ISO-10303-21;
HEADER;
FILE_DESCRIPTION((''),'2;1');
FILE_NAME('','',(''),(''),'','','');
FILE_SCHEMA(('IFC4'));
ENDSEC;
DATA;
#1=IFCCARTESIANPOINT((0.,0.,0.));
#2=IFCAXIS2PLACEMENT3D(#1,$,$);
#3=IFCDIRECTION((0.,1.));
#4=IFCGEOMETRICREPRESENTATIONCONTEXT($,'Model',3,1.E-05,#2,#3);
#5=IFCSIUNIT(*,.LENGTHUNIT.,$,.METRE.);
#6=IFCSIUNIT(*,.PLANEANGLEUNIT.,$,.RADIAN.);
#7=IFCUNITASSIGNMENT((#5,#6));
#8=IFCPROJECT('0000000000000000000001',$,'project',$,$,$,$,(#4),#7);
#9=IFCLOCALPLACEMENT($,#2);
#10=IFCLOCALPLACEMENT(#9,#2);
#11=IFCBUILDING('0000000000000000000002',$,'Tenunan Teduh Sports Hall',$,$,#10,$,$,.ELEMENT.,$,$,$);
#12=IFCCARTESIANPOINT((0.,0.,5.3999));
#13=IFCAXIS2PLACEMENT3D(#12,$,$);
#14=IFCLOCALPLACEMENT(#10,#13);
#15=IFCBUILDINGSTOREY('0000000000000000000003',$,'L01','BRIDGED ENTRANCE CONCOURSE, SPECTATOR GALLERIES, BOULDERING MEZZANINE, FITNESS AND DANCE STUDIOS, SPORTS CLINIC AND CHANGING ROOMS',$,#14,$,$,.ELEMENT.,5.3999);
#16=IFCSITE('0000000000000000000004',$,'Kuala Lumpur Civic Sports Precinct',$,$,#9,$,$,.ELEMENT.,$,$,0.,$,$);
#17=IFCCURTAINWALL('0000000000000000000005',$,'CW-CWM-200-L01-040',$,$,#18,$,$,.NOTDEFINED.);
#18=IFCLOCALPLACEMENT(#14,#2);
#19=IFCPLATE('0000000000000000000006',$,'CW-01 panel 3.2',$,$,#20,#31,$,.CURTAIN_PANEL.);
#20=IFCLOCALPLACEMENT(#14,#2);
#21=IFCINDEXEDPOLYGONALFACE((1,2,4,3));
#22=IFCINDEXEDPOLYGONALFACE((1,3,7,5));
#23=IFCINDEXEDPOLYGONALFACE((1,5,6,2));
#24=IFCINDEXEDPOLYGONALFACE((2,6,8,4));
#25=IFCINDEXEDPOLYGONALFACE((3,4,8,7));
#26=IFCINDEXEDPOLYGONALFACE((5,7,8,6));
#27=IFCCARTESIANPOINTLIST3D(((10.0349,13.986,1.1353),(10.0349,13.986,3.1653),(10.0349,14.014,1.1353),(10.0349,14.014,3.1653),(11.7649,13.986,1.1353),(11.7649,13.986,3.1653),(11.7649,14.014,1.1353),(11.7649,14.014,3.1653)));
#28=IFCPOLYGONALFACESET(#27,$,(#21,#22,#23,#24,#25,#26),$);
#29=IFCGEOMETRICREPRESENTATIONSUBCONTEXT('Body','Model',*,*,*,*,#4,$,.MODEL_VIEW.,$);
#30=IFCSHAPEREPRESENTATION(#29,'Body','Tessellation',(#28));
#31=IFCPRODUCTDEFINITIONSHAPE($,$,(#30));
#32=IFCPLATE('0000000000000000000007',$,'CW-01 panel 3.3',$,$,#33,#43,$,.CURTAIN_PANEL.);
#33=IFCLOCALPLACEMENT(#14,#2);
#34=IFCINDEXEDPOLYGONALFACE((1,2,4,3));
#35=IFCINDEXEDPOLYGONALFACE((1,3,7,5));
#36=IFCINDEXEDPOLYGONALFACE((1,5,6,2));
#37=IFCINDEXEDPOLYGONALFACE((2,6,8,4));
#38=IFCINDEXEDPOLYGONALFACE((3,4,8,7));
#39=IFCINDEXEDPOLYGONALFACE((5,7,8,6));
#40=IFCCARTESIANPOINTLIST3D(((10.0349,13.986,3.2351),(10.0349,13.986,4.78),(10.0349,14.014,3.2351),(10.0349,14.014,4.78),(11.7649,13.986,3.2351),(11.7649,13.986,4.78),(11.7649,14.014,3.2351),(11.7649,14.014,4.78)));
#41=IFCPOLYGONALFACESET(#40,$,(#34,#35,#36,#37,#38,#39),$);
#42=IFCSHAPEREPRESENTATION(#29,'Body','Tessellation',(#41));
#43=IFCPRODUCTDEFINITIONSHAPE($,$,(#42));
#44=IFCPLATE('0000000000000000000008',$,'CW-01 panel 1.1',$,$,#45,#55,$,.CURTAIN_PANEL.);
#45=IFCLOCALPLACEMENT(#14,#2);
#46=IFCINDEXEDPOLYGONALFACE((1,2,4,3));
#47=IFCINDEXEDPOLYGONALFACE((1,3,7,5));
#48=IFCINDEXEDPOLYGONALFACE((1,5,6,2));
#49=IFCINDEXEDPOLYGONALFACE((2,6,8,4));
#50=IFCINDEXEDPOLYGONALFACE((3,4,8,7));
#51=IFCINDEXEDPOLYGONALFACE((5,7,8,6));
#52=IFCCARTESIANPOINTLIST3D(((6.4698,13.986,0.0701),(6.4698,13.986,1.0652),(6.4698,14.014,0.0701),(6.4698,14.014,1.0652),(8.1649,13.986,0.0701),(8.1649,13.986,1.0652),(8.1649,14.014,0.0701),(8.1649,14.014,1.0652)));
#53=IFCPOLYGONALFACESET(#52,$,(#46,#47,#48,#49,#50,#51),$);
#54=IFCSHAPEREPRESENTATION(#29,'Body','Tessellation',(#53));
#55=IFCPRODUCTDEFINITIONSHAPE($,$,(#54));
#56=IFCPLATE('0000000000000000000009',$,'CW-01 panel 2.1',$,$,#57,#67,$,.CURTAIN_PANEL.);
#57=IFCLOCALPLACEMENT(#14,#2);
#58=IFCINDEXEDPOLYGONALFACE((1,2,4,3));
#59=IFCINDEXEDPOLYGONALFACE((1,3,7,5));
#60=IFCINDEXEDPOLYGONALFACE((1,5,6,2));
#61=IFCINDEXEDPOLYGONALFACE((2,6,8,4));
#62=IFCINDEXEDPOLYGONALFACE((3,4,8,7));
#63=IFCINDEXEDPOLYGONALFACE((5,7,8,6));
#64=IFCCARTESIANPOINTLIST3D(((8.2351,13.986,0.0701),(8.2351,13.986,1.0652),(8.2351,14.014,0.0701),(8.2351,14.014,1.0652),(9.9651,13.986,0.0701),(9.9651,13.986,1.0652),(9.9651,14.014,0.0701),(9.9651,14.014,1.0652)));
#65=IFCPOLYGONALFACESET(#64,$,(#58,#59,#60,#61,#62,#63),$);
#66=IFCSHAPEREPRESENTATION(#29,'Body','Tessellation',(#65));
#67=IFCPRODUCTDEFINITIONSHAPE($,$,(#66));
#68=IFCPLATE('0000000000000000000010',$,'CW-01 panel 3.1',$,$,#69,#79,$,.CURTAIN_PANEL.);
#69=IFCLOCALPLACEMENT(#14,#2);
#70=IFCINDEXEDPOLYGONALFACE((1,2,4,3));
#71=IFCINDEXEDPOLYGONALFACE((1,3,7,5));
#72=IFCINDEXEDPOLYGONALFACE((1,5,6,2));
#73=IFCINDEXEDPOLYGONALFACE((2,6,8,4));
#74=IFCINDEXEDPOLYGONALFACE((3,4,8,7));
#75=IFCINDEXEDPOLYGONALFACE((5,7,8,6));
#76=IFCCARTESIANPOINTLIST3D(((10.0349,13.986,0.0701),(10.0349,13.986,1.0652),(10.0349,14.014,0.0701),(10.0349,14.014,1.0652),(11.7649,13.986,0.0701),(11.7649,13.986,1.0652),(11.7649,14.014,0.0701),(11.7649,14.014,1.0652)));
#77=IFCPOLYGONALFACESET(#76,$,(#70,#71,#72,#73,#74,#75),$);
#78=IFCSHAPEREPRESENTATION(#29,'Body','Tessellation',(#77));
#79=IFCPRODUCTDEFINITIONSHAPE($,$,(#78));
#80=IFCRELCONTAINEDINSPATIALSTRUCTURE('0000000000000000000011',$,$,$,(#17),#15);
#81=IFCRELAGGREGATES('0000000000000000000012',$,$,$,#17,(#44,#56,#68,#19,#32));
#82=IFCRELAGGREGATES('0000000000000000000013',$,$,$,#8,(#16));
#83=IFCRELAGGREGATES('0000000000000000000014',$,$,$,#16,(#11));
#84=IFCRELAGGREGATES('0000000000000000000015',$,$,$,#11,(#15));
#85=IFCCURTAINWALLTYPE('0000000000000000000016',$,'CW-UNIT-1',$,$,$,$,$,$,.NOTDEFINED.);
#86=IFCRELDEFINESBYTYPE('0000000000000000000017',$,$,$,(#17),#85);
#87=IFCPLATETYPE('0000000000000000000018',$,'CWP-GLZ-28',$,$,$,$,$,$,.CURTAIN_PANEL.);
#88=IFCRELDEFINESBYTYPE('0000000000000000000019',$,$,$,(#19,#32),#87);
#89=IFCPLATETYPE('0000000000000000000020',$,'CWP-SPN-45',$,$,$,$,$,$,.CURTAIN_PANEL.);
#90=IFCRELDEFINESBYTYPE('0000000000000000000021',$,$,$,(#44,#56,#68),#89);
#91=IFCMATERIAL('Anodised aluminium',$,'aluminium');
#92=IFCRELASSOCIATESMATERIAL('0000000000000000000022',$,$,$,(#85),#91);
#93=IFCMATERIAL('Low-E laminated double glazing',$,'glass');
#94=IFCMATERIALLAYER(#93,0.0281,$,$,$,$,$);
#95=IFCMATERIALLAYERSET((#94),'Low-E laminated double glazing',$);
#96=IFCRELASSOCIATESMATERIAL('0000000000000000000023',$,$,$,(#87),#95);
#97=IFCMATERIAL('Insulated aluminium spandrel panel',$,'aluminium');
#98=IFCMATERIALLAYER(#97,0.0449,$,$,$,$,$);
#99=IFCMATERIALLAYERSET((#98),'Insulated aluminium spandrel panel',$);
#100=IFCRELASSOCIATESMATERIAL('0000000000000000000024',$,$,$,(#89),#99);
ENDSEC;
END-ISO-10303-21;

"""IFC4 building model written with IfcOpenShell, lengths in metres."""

from ifc_helpers import new_model, si_unit, direction, frame, origin, origin_2d, place, context, subcontext, project, spatial, rectangle, extrude, material, layer, layer_set, type_object, element, aggregate, save


model = new_model("IFC4")

# Units and contexts
model_context = context("Model", 3, precision=1e-05, world=origin(), true_north=direction((0.0, 1.0)))
body_context = subcontext(model_context, "Body", "Model", "MODEL_VIEW")
ifc_project = project(units=[si_unit("LENGTHUNIT", "METRE"), si_unit("PLANEANGLEUNIT", "RADIAN")], contexts=[model_context])

# Site, building, storey
site_placement = place(None, origin())
site = spatial("IfcSite", under=ifc_project, at=site_placement, Name="Kuala Lumpur Civic Sports Precinct", CompositionType="ELEMENT", RefElevation=0.0)
building_placement = place(site_placement, origin())
building = spatial("IfcBuilding", under=site, at=building_placement, Name="Tenunan Teduh Sports Hall", CompositionType="ELEMENT")
storey_placement = place(building_placement, frame((0.0, 0.0, 5.3999)))
storey = spatial("IfcBuildingStorey", under=building, at=storey_placement, Name="L01", Description="BRIDGED ENTRANCE CONCOURSE, SPECTATOR GALLERIES, BOULDERING MEZZANINE, FITNESS AND DANCE STUDIOS, SPORTS CLINIC AND CHANGING ROOMS", CompositionType="ELEMENT", Elevation=5.3999)

# Curtain wall
ifc_material_1 = material(Name="Anodised aluminium", Category="aluminium")
curtain_wall_type = type_object("IfcCurtainWallType", Name="CW-UNIT-1", PredefinedType="NOTDEFINED", material=ifc_material_1)
curtain_wall_placement = place(storey_placement, origin())
curtain_wall = element("IfcCurtainWall", 1, at=curtain_wall_placement, inside=storey, type_object=curtain_wall_type, Name="CW-CWM-200-L01-040", PredefinedType="NOTDEFINED")

# Plates
ifc_material_2 = material(Name="Low-E laminated double glazing", Category="glass")
ifc_layer_1 = layer(ifc_material_2, 0.0281)
ifc_layer_set_1 = layer_set([ifc_layer_1], Name="Low-E laminated double glazing")
plate_type_1 = type_object("IfcPlateType", Name="CWP-GLZ-28", PredefinedType="CURTAIN_PANEL", material=ifc_layer_set_1)
plate_1_placement = place(storey_placement, frame((10.8999, 14.0, 1.1353), z_axis=(0.0, 0.0, 1.0), x_axis=(1.0, 0.0, 0.0)))
plate_1 = element("IfcPlate", 2, at=plate_1_placement, type_object=plate_type_1, Name="CW-01 panel 3.2", PredefinedType="CURTAIN_PANEL", context=body_context, shape_type="SweptSolid", body=[
    extrude(rectangle(XDim=1.73, YDim=0.0281, at=origin_2d()), origin(), (0.0, 0.0, 1.0), 2.03),
])
plate_2_placement = place(storey_placement, frame((10.8999, 14.0, 3.2351), z_axis=(0.0, 0.0, 1.0), x_axis=(1.0, 0.0, 0.0)))
plate_2 = element("IfcPlate", 3, at=plate_2_placement, type_object=plate_type_1, Name="CW-01 panel 3.3", PredefinedType="CURTAIN_PANEL", context=body_context, shape_type="SweptSolid", body=[
    extrude(rectangle(XDim=1.73, YDim=0.0281, at=origin_2d()), origin(), (0.0, 0.0, 1.0), 1.5449),
])
ifc_material_3 = material(Name="Insulated aluminium spandrel panel", Category="aluminium")
ifc_layer_2 = layer(ifc_material_3, 0.0449)
ifc_layer_set_2 = layer_set([ifc_layer_2], Name="Insulated aluminium spandrel panel")
plate_type_2 = type_object("IfcPlateType", Name="CWP-SPN-45", PredefinedType="CURTAIN_PANEL", material=ifc_layer_set_2)
plate_3_placement = place(storey_placement, frame((7.3174, 14.0, 0.0701), z_axis=(0.0, 0.0, 1.0), x_axis=(1.0, 0.0, 0.0)))
plate_3 = element("IfcPlate", 4, at=plate_3_placement, type_object=plate_type_2, Name="CW-01 panel 1.1", PredefinedType="CURTAIN_PANEL", context=body_context, shape_type="SweptSolid", body=[
    extrude(rectangle(XDim=1.6951, YDim=0.0281, at=origin_2d()), origin(), (0.0, 0.0, 1.0), 0.9951),
])
plate_4_placement = place(storey_placement, frame((9.1001, 14.0, 0.0701), z_axis=(0.0, 0.0, 1.0), x_axis=(1.0, 0.0, 0.0)))
plate_4 = element("IfcPlate", 5, at=plate_4_placement, type_object=plate_type_2, Name="CW-01 panel 2.1", PredefinedType="CURTAIN_PANEL", context=body_context, shape_type="SweptSolid", body=[
    extrude(rectangle(XDim=1.73, YDim=0.0281, at=origin_2d()), origin(), (0.0, 0.0, 1.0), 0.9951),
])
plate_5_placement = place(storey_placement, frame((10.8999, 14.0, 0.0701), z_axis=(0.0, 0.0, 1.0), x_axis=(1.0, 0.0, 0.0)))
plate_5 = element("IfcPlate", 6, at=plate_5_placement, type_object=plate_type_2, Name="CW-01 panel 3.1", PredefinedType="CURTAIN_PANEL", context=body_context, shape_type="SweptSolid", body=[
    extrude(rectangle(XDim=1.73, YDim=0.0281, at=origin_2d()), origin(), (0.0, 0.0, 1.0), 0.9951),
])
aggregate(curtain_wall, [plate_3, plate_4, plate_5, plate_1, plate_2])

save(model, "model.ifc")
